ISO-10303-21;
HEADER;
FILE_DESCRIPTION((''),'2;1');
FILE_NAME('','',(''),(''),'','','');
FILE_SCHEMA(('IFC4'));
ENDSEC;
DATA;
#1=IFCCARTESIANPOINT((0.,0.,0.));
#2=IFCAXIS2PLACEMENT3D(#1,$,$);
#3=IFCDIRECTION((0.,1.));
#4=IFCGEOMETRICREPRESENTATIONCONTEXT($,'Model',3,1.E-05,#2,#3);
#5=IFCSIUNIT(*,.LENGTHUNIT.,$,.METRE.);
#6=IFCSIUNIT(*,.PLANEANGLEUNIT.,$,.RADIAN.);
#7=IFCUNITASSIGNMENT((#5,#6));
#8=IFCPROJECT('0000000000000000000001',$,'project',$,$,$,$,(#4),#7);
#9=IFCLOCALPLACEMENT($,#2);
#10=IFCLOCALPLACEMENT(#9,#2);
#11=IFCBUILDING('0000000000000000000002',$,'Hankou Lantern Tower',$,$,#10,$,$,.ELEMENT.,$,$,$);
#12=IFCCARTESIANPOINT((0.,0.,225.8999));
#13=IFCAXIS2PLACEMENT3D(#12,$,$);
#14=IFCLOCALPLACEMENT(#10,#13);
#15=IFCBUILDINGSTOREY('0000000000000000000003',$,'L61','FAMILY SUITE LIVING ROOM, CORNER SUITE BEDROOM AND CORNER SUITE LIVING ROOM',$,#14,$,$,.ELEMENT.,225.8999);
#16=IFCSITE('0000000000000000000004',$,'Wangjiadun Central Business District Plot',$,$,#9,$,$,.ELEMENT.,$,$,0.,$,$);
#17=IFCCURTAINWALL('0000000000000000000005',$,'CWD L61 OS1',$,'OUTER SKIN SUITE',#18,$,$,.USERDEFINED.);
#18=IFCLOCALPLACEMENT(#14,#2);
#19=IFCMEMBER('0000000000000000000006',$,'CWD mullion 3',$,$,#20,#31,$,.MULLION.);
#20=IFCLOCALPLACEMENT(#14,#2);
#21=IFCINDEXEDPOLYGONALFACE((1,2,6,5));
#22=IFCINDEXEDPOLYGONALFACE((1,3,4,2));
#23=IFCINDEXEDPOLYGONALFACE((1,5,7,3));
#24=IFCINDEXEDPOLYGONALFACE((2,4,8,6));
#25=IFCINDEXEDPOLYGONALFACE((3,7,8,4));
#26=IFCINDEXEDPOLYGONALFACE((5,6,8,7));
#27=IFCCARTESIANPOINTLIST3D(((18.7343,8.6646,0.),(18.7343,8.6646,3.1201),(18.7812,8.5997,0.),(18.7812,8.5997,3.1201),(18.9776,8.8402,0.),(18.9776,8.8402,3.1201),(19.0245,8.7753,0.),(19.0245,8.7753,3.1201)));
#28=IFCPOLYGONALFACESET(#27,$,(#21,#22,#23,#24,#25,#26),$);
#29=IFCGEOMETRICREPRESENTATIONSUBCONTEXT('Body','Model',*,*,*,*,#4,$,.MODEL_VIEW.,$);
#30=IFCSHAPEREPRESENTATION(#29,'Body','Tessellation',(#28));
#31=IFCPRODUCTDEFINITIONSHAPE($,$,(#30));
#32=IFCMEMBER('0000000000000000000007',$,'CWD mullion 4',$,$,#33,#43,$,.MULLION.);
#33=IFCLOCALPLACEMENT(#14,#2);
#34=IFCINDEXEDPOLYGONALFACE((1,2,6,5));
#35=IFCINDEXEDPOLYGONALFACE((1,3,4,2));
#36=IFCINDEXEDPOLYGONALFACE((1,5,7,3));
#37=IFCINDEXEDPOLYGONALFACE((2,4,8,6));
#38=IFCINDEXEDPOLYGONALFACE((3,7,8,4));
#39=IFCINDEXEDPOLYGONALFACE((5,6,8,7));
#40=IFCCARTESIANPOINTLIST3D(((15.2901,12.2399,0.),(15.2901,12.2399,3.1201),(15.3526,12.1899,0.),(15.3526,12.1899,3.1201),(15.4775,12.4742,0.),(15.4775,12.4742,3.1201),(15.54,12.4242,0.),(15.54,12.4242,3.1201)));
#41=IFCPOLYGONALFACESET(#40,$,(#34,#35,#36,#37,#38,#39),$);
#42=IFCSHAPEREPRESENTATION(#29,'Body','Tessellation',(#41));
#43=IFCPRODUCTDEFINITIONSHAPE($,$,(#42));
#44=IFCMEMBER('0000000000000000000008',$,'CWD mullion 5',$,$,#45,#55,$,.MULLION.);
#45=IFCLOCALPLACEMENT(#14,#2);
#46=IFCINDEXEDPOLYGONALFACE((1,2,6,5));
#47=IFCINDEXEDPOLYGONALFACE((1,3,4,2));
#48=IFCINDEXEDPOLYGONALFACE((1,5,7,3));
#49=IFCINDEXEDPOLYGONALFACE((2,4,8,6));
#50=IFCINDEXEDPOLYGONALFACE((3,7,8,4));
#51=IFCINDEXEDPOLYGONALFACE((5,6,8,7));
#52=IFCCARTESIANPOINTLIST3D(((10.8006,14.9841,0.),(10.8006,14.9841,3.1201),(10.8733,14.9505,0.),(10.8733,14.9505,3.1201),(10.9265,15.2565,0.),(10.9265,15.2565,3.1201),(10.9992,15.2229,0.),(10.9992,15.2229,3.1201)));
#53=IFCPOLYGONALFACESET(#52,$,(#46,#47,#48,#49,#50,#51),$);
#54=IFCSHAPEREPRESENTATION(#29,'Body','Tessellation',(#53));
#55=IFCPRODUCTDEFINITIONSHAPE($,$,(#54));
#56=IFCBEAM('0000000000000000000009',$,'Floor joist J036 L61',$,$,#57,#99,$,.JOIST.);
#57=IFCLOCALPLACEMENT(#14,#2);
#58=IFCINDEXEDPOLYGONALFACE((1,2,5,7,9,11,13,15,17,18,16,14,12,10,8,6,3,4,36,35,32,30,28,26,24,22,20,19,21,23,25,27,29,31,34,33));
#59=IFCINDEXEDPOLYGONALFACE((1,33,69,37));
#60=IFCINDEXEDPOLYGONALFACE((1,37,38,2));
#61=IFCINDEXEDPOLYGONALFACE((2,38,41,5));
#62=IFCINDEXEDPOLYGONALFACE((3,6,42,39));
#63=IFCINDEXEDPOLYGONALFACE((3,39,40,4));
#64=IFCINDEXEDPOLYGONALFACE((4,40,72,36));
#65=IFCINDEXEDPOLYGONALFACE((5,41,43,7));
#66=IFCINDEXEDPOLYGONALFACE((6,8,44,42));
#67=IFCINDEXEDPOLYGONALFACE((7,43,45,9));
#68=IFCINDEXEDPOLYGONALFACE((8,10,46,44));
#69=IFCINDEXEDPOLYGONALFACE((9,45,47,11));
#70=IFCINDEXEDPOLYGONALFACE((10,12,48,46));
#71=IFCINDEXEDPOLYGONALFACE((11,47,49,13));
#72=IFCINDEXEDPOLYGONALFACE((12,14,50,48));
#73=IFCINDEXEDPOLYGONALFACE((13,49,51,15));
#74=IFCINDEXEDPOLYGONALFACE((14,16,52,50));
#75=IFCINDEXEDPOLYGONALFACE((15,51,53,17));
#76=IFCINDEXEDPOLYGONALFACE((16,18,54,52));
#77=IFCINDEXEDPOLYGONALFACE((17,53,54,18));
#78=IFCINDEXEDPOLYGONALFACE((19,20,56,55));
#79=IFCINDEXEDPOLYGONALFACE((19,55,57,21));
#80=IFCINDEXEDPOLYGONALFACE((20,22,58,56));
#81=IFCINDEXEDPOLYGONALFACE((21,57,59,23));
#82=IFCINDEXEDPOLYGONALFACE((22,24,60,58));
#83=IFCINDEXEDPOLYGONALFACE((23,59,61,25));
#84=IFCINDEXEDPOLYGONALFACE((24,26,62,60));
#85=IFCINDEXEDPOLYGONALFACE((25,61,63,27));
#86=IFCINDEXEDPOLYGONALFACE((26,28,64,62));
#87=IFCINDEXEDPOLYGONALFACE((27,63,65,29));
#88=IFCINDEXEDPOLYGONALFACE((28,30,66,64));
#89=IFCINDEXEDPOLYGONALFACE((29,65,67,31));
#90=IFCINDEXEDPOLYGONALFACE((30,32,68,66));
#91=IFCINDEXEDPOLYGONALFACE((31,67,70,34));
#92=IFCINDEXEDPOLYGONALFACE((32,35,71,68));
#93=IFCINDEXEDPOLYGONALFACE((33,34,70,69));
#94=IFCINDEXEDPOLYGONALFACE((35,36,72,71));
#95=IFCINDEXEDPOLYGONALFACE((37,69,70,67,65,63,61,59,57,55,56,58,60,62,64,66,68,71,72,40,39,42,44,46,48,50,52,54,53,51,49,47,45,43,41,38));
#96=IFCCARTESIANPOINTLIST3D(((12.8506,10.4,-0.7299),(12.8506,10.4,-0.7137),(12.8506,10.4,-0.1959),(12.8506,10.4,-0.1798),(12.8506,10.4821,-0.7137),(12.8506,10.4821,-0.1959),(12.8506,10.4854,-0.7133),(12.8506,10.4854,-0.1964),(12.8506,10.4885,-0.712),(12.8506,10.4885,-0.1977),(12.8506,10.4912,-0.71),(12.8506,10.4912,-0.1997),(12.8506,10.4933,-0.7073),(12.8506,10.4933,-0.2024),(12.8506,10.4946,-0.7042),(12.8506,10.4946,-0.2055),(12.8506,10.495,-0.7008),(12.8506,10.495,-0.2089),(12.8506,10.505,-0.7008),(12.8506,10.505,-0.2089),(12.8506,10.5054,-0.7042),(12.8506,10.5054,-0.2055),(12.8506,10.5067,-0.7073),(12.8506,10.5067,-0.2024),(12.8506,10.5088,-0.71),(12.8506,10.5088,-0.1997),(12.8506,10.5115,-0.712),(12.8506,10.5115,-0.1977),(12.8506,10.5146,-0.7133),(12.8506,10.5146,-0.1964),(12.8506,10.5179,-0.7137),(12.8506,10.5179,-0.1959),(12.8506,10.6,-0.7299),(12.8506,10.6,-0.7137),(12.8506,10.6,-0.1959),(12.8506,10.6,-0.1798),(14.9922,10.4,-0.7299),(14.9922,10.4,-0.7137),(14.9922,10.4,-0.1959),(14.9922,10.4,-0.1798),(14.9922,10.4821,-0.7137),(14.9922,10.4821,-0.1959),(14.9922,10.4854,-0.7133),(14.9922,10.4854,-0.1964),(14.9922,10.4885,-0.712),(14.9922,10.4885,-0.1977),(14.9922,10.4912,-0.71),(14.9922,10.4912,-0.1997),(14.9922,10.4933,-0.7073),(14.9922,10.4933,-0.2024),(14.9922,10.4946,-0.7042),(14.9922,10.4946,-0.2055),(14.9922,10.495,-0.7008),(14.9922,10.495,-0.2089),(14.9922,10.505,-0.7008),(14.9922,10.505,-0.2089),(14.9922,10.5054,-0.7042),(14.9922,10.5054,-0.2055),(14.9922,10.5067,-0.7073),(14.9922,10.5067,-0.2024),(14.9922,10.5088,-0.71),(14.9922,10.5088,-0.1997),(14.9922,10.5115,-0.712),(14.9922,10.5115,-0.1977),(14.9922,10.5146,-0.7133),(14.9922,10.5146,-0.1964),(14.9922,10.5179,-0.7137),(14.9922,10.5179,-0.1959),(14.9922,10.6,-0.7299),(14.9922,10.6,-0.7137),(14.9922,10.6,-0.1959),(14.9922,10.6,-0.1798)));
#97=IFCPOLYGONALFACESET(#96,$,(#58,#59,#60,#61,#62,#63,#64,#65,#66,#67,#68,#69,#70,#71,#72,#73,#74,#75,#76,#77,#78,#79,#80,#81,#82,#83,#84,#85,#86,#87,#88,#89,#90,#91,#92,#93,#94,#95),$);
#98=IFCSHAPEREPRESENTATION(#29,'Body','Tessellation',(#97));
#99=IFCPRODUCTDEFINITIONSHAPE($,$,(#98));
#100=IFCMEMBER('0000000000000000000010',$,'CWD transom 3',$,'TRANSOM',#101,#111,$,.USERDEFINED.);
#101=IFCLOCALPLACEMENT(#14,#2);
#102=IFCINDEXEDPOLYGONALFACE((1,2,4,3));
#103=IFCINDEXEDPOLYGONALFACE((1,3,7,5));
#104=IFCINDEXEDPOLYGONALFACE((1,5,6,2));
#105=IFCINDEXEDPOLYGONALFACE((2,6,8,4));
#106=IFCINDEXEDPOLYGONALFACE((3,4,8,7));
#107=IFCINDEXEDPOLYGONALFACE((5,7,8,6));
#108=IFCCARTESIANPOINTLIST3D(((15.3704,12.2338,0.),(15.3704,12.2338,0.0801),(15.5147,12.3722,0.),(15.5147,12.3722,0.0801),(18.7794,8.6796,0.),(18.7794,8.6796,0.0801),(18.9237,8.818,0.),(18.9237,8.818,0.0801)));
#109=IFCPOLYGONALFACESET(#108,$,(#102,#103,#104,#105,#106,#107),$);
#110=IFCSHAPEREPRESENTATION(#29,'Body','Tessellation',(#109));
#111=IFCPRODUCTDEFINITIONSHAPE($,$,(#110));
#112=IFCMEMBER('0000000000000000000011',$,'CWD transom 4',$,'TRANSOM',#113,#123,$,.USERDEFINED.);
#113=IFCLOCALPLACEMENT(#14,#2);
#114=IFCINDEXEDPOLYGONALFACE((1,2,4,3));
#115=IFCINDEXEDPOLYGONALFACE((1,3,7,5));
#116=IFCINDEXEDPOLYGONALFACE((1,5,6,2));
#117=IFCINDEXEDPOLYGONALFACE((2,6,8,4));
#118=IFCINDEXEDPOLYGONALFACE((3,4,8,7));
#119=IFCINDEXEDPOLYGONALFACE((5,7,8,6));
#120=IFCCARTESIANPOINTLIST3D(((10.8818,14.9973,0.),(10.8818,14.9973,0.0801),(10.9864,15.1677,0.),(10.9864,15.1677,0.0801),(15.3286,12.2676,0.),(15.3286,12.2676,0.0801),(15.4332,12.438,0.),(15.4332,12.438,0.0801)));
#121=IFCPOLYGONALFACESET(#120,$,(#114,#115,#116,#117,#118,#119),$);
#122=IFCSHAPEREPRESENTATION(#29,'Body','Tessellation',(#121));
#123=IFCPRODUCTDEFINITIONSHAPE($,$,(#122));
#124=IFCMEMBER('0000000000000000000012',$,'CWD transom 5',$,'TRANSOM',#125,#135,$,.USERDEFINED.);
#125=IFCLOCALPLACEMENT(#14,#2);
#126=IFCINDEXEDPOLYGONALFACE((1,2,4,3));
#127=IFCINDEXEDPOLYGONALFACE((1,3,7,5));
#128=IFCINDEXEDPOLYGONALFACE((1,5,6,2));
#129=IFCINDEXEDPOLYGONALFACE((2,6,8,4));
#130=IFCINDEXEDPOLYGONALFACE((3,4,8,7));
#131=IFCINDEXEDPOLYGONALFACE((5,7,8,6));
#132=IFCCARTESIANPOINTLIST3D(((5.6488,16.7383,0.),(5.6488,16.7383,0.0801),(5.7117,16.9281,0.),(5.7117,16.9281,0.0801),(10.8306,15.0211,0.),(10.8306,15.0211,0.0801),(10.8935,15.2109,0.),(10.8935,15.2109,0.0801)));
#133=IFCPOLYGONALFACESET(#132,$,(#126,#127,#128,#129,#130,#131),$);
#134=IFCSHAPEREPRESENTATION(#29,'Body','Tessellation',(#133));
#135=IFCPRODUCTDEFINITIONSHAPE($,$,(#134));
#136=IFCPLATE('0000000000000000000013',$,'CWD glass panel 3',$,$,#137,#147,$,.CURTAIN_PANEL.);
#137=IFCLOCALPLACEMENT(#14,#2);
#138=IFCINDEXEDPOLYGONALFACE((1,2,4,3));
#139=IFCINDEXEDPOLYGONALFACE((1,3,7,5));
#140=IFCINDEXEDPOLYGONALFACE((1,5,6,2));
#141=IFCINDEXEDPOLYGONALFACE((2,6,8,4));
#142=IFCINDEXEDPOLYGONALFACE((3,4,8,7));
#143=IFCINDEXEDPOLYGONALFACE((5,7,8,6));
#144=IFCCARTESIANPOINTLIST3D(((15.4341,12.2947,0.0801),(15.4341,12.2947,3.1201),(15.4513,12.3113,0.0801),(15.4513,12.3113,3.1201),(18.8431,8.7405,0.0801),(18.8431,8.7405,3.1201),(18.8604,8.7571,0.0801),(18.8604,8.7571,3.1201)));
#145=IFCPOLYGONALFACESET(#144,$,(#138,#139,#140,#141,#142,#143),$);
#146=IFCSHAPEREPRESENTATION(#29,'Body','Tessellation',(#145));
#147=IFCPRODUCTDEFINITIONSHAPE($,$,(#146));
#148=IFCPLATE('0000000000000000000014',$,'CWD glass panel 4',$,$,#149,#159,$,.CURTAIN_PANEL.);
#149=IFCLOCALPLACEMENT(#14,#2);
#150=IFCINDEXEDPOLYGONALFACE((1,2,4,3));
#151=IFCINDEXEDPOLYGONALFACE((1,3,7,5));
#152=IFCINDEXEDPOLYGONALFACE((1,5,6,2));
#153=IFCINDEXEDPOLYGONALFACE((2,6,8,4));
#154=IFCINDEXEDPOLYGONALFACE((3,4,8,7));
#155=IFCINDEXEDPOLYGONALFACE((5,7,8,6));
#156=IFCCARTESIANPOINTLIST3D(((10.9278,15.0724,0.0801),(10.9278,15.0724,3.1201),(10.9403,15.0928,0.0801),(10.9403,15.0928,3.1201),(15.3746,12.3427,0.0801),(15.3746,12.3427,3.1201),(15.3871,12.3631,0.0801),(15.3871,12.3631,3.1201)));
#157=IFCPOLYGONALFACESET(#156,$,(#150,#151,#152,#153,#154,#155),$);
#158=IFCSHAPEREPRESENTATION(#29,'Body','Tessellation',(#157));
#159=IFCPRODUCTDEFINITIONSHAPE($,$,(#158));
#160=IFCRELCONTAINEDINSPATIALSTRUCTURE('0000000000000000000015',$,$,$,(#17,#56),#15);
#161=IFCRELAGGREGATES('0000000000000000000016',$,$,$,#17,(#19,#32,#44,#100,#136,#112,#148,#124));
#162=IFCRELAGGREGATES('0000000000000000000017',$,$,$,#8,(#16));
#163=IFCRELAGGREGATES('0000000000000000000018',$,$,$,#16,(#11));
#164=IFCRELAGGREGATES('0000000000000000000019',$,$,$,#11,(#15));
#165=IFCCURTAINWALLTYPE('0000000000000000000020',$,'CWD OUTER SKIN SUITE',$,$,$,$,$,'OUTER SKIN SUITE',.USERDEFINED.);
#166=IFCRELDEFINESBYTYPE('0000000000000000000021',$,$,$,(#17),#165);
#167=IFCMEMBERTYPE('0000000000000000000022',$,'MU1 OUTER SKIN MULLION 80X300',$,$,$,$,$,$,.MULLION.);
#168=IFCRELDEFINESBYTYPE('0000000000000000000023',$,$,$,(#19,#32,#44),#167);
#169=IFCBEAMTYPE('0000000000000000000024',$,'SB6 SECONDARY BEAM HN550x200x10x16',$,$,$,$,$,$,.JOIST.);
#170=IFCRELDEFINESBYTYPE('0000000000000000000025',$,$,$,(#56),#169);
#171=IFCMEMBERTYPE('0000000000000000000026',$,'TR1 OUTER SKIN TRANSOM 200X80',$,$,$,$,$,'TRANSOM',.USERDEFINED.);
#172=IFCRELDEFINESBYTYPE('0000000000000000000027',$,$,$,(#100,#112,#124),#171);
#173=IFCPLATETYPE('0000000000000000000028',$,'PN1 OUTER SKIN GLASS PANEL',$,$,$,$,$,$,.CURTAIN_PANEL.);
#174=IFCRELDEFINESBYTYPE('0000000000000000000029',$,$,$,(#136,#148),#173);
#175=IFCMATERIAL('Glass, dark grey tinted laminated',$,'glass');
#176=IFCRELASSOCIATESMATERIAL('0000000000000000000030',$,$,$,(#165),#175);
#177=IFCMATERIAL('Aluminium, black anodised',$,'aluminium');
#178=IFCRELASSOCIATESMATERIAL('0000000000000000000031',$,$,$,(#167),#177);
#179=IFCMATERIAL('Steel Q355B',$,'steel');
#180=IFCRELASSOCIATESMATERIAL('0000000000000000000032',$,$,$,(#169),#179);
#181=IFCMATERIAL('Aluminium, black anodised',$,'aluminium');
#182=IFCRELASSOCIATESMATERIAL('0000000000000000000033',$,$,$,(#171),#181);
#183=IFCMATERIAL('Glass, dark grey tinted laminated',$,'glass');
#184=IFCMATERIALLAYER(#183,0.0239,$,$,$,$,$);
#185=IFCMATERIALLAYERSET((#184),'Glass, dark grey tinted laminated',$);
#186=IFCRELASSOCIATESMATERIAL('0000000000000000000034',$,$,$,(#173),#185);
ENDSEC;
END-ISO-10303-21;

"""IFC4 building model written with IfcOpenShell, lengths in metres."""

from ifc_helpers import new_model, si_unit, direction, frame, origin, origin_2d, place, context, subcontext, project, spatial, rectangle, i_section, extrude, material, layer, layer_set, material_profile, profile_set, type_object, element, aggregate, save


model = new_model("IFC4")

# Units and contexts
model_context = context("Model", 3, precision=1e-05, world=origin(), true_north=direction((0.0, 1.0)))
body_context = subcontext(model_context, "Body", "Model", "MODEL_VIEW")
ifc_project = project(units=[si_unit("LENGTHUNIT", "METRE"), si_unit("PLANEANGLEUNIT", "RADIAN")], contexts=[model_context])

# Site, building, storey
site_placement = place(None, origin())
site = spatial("IfcSite", under=ifc_project, at=site_placement, Name="Wangjiadun Central Business District Plot", CompositionType="ELEMENT", RefElevation=0.0)
building_placement = place(site_placement, origin())
building = spatial("IfcBuilding", under=site, at=building_placement, Name="Hankou Lantern Tower", CompositionType="ELEMENT")
storey_placement = place(building_placement, frame((0.0, 0.0, 225.8999)))
storey = spatial("IfcBuildingStorey", under=building, at=storey_placement, Name="L61", Description="FAMILY SUITE LIVING ROOM, CORNER SUITE BEDROOM AND CORNER SUITE LIVING ROOM", CompositionType="ELEMENT", Elevation=225.8999)

# Curtain wall, members
ifc_material_1 = material(Name="Glass, dark grey tinted laminated", Category="glass")
curtain_wall_type = type_object("IfcCurtainWallType", Name="CWD OUTER SKIN SUITE", ElementType="OUTER SKIN SUITE", PredefinedType="USERDEFINED", material=ifc_material_1)
curtain_wall_placement = place(storey_placement, origin())
curtain_wall = element("IfcCurtainWall", 1, at=curtain_wall_placement, inside=storey, type_object=curtain_wall_type, Name="CWD L61 OS1", ObjectType="OUTER SKIN SUITE", PredefinedType="USERDEFINED")
ifc_material_2 = material(Name="Aluminium, black anodised", Category="aluminium")
ifc_material_profile_1 = material_profile(ifc_material_2, rectangle(XDim=0.0801, YDim=0.3, at=origin_2d()), Name="MU1 80X300")
ifc_profile_set_1 = profile_set([ifc_material_profile_1], Name="Aluminium, black anodised")
member_type_1 = type_object("IfcMemberType", Name="MU1 OUTER SKIN MULLION 80X300", PredefinedType="MULLION", material=ifc_profile_set_1)
member_1_placement = place(storey_placement, frame((18.8794, 8.72, 0.0), z_axis=(0.0, 0.0, 1.0), x_axis=(-0.585206, 0.810885, 0.0)))
member_1 = element("IfcMember", 2, at=member_1_placement, type_object=member_type_1, Name="CWD mullion 3", PredefinedType="MULLION", context=body_context, shape_type="SweptSolid", body=[
    extrude(rectangle(XDim=0.0801, YDim=0.3, at=origin_2d()), origin(), (0.0, 0.0, 1.0), 3.1201),
])
member_2_placement = place(storey_placement, frame((15.415, 12.332, 0.0), z_axis=(0.0, 0.0, 1.0), x_axis=(-0.780869, 0.624695, 0.0)))
member_2 = element("IfcMember", 3, at=member_2_placement, type_object=member_type_1, Name="CWD mullion 4", PredefinedType="MULLION", context=body_context, shape_type="SweptSolid", body=[
    extrude(rectangle(XDim=0.0801, YDim=0.3, at=origin_2d()), origin(), (0.0, 0.0, 1.0), 3.1201),
])
member_3_placement = place(storey_placement, frame((10.8999, 15.1035, 0.0), z_axis=(0.0, 0.0, 1.0), x_axis=(-0.907841, 0.419314, 0.0)))
member_3 = element("IfcMember", 4, at=member_3_placement, type_object=member_type_1, Name="CWD mullion 5", PredefinedType="MULLION", context=body_context, shape_type="SweptSolid", body=[
    extrude(rectangle(XDim=0.0801, YDim=0.3, at=origin_2d()), origin(), (0.0, 0.0, 1.0), 3.1201),
])

# Beam
ifc_material_3 = material(Name="Steel Q355B", Category="steel")
ifc_material_profile_2 = material_profile(ifc_material_3, i_section(OverallWidth=0.2, OverallDepth=0.55, WebThickness=0.01, FlangeThickness=0.0161, FilletRadius=0.0129, at=origin_2d()), Name="HN550x200x10x16")
ifc_profile_set_2 = profile_set([ifc_material_profile_2], Name="Steel Q355B")
beam_type_1 = type_object("IfcBeamType", Name="SB6 SECONDARY BEAM HN550x200x10x16", PredefinedType="JOIST", material=ifc_profile_set_2)
beam_1_placement = place(storey_placement, frame((12.8506, 10.5, -0.4548), z_axis=(1.0, 0.0, 0.0), x_axis=(0.0, 1.0, 0.0)))
element("IfcBeam", 5, at=beam_1_placement, inside=storey, type_object=beam_type_1, Name="Floor joist J036 L61", PredefinedType="JOIST", context=body_context, shape_type="SweptSolid", body=[
    extrude(i_section(OverallWidth=0.2, OverallDepth=0.55, WebThickness=0.01, FlangeThickness=0.0161, FilletRadius=0.0129, at=origin_2d()), origin(), (0.0, 0.0, 1.0), 2.1416),
])

# Members
ifc_material_4 = material(Name="Aluminium, black anodised", Category="aluminium")
ifc_material_profile_3 = material_profile(ifc_material_4, rectangle(XDim=0.2, YDim=0.0801, at=origin_2d()), Name="TR1 200X80")
ifc_profile_set_3 = profile_set([ifc_material_profile_3], Name="Aluminium, black anodised")
member_type_2 = type_object("IfcMemberType", Name="TR1 OUTER SKIN TRANSOM 200X80", ElementType="TRANSOM", PredefinedType="USERDEFINED", material=ifc_profile_set_3)
member_4_placement = place(storey_placement, frame((18.8516, 8.7488, 0.04), z_axis=(-0.692205, 0.721701, 0.0), x_axis=(-0.721701, -0.692205, 0.0)))
member_4 = element("IfcMember", 6, at=member_4_placement, type_object=member_type_2, Name="CWD transom 3", ObjectType="TRANSOM", PredefinedType="USERDEFINED", context=body_context, shape_type="SweptSolid", body=[
    extrude(rectangle(XDim=0.2, YDim=0.0801, at=origin_2d()), origin(), (0.0, 0.0, 1.0), 4.9248),
])
member_5_placement = place(storey_placement, frame((15.3809, 12.3528, 0.04), z_axis=(-0.852235, 0.52316, 0.0), x_axis=(-0.52316, -0.852235, 0.0)))
member_5 = element("IfcMember", 7, at=member_5_placement, type_object=member_type_2, Name="CWD transom 4", ObjectType="TRANSOM", PredefinedType="USERDEFINED", context=body_context, shape_type="SweptSolid", body=[
    extrude(rectangle(XDim=0.2, YDim=0.0801, at=origin_2d()), origin(), (0.0, 0.0, 1.0), 5.2178),
])
member_6_placement = place(storey_placement, frame((10.8621, 15.116, 0.04), z_axis=(-0.949232, 0.314577, 0.0), x_axis=(-0.314577, -0.949232, 0.0)))
member_6 = element("IfcMember", 8, at=member_6_placement, type_object=member_type_2, Name="CWD transom 5", ObjectType="TRANSOM", PredefinedType="USERDEFINED", context=body_context, shape_type="SweptSolid", body=[
    extrude(rectangle(XDim=0.2, YDim=0.0801, at=origin_2d()), origin(), (0.0, 0.0, 1.0), 5.459),
])

# Plates
ifc_material_5 = material(Name="Glass, dark grey tinted laminated", Category="glass")
ifc_layer_1 = layer(ifc_material_5, 0.0239)
ifc_layer_set_1 = layer_set([ifc_layer_1], Name="Glass, dark grey tinted laminated")
plate_type = type_object("IfcPlateType", Name="PN1 OUTER SKIN GLASS PANEL", PredefinedType="CURTAIN_PANEL", material=ifc_layer_set_1)
plate_1_placement = place(storey_placement, frame((17.1472, 10.5259, 0.0801), z_axis=(0.0, 0.0, 1.0), x_axis=(-0.692216, 0.721691, 0.0)))
plate_1 = element("IfcPlate", 9, at=plate_1_placement, type_object=plate_type, Name="CWD glass panel 3", PredefinedType="CURTAIN_PANEL", context=body_context, shape_type="SweptSolid", body=[
    extrude(rectangle(XDim=4.9248, YDim=0.0239, at=origin_2d()), origin(), (0.0, 0.0, 1.0), 3.04),
])
plate_2_placement = place(storey_placement, frame((13.1575, 13.7178, 0.0801), z_axis=(0.0, 0.0, 1.0), x_axis=(-0.852237, 0.523156, 0.0)))
plate_2 = element("IfcPlate", 10, at=plate_2_placement, type_object=plate_type, Name="CWD glass panel 4", PredefinedType="CURTAIN_PANEL", context=body_context, shape_type="SweptSolid", body=[
    extrude(rectangle(XDim=5.2178, YDim=0.0239, at=origin_2d()), origin(), (0.0, 0.0, 1.0), 3.04),
])
aggregate(curtain_wall, [member_1, member_2, member_3, member_4, plate_1, member_5, plate_2, member_6])

save(model, "model.ifc")
